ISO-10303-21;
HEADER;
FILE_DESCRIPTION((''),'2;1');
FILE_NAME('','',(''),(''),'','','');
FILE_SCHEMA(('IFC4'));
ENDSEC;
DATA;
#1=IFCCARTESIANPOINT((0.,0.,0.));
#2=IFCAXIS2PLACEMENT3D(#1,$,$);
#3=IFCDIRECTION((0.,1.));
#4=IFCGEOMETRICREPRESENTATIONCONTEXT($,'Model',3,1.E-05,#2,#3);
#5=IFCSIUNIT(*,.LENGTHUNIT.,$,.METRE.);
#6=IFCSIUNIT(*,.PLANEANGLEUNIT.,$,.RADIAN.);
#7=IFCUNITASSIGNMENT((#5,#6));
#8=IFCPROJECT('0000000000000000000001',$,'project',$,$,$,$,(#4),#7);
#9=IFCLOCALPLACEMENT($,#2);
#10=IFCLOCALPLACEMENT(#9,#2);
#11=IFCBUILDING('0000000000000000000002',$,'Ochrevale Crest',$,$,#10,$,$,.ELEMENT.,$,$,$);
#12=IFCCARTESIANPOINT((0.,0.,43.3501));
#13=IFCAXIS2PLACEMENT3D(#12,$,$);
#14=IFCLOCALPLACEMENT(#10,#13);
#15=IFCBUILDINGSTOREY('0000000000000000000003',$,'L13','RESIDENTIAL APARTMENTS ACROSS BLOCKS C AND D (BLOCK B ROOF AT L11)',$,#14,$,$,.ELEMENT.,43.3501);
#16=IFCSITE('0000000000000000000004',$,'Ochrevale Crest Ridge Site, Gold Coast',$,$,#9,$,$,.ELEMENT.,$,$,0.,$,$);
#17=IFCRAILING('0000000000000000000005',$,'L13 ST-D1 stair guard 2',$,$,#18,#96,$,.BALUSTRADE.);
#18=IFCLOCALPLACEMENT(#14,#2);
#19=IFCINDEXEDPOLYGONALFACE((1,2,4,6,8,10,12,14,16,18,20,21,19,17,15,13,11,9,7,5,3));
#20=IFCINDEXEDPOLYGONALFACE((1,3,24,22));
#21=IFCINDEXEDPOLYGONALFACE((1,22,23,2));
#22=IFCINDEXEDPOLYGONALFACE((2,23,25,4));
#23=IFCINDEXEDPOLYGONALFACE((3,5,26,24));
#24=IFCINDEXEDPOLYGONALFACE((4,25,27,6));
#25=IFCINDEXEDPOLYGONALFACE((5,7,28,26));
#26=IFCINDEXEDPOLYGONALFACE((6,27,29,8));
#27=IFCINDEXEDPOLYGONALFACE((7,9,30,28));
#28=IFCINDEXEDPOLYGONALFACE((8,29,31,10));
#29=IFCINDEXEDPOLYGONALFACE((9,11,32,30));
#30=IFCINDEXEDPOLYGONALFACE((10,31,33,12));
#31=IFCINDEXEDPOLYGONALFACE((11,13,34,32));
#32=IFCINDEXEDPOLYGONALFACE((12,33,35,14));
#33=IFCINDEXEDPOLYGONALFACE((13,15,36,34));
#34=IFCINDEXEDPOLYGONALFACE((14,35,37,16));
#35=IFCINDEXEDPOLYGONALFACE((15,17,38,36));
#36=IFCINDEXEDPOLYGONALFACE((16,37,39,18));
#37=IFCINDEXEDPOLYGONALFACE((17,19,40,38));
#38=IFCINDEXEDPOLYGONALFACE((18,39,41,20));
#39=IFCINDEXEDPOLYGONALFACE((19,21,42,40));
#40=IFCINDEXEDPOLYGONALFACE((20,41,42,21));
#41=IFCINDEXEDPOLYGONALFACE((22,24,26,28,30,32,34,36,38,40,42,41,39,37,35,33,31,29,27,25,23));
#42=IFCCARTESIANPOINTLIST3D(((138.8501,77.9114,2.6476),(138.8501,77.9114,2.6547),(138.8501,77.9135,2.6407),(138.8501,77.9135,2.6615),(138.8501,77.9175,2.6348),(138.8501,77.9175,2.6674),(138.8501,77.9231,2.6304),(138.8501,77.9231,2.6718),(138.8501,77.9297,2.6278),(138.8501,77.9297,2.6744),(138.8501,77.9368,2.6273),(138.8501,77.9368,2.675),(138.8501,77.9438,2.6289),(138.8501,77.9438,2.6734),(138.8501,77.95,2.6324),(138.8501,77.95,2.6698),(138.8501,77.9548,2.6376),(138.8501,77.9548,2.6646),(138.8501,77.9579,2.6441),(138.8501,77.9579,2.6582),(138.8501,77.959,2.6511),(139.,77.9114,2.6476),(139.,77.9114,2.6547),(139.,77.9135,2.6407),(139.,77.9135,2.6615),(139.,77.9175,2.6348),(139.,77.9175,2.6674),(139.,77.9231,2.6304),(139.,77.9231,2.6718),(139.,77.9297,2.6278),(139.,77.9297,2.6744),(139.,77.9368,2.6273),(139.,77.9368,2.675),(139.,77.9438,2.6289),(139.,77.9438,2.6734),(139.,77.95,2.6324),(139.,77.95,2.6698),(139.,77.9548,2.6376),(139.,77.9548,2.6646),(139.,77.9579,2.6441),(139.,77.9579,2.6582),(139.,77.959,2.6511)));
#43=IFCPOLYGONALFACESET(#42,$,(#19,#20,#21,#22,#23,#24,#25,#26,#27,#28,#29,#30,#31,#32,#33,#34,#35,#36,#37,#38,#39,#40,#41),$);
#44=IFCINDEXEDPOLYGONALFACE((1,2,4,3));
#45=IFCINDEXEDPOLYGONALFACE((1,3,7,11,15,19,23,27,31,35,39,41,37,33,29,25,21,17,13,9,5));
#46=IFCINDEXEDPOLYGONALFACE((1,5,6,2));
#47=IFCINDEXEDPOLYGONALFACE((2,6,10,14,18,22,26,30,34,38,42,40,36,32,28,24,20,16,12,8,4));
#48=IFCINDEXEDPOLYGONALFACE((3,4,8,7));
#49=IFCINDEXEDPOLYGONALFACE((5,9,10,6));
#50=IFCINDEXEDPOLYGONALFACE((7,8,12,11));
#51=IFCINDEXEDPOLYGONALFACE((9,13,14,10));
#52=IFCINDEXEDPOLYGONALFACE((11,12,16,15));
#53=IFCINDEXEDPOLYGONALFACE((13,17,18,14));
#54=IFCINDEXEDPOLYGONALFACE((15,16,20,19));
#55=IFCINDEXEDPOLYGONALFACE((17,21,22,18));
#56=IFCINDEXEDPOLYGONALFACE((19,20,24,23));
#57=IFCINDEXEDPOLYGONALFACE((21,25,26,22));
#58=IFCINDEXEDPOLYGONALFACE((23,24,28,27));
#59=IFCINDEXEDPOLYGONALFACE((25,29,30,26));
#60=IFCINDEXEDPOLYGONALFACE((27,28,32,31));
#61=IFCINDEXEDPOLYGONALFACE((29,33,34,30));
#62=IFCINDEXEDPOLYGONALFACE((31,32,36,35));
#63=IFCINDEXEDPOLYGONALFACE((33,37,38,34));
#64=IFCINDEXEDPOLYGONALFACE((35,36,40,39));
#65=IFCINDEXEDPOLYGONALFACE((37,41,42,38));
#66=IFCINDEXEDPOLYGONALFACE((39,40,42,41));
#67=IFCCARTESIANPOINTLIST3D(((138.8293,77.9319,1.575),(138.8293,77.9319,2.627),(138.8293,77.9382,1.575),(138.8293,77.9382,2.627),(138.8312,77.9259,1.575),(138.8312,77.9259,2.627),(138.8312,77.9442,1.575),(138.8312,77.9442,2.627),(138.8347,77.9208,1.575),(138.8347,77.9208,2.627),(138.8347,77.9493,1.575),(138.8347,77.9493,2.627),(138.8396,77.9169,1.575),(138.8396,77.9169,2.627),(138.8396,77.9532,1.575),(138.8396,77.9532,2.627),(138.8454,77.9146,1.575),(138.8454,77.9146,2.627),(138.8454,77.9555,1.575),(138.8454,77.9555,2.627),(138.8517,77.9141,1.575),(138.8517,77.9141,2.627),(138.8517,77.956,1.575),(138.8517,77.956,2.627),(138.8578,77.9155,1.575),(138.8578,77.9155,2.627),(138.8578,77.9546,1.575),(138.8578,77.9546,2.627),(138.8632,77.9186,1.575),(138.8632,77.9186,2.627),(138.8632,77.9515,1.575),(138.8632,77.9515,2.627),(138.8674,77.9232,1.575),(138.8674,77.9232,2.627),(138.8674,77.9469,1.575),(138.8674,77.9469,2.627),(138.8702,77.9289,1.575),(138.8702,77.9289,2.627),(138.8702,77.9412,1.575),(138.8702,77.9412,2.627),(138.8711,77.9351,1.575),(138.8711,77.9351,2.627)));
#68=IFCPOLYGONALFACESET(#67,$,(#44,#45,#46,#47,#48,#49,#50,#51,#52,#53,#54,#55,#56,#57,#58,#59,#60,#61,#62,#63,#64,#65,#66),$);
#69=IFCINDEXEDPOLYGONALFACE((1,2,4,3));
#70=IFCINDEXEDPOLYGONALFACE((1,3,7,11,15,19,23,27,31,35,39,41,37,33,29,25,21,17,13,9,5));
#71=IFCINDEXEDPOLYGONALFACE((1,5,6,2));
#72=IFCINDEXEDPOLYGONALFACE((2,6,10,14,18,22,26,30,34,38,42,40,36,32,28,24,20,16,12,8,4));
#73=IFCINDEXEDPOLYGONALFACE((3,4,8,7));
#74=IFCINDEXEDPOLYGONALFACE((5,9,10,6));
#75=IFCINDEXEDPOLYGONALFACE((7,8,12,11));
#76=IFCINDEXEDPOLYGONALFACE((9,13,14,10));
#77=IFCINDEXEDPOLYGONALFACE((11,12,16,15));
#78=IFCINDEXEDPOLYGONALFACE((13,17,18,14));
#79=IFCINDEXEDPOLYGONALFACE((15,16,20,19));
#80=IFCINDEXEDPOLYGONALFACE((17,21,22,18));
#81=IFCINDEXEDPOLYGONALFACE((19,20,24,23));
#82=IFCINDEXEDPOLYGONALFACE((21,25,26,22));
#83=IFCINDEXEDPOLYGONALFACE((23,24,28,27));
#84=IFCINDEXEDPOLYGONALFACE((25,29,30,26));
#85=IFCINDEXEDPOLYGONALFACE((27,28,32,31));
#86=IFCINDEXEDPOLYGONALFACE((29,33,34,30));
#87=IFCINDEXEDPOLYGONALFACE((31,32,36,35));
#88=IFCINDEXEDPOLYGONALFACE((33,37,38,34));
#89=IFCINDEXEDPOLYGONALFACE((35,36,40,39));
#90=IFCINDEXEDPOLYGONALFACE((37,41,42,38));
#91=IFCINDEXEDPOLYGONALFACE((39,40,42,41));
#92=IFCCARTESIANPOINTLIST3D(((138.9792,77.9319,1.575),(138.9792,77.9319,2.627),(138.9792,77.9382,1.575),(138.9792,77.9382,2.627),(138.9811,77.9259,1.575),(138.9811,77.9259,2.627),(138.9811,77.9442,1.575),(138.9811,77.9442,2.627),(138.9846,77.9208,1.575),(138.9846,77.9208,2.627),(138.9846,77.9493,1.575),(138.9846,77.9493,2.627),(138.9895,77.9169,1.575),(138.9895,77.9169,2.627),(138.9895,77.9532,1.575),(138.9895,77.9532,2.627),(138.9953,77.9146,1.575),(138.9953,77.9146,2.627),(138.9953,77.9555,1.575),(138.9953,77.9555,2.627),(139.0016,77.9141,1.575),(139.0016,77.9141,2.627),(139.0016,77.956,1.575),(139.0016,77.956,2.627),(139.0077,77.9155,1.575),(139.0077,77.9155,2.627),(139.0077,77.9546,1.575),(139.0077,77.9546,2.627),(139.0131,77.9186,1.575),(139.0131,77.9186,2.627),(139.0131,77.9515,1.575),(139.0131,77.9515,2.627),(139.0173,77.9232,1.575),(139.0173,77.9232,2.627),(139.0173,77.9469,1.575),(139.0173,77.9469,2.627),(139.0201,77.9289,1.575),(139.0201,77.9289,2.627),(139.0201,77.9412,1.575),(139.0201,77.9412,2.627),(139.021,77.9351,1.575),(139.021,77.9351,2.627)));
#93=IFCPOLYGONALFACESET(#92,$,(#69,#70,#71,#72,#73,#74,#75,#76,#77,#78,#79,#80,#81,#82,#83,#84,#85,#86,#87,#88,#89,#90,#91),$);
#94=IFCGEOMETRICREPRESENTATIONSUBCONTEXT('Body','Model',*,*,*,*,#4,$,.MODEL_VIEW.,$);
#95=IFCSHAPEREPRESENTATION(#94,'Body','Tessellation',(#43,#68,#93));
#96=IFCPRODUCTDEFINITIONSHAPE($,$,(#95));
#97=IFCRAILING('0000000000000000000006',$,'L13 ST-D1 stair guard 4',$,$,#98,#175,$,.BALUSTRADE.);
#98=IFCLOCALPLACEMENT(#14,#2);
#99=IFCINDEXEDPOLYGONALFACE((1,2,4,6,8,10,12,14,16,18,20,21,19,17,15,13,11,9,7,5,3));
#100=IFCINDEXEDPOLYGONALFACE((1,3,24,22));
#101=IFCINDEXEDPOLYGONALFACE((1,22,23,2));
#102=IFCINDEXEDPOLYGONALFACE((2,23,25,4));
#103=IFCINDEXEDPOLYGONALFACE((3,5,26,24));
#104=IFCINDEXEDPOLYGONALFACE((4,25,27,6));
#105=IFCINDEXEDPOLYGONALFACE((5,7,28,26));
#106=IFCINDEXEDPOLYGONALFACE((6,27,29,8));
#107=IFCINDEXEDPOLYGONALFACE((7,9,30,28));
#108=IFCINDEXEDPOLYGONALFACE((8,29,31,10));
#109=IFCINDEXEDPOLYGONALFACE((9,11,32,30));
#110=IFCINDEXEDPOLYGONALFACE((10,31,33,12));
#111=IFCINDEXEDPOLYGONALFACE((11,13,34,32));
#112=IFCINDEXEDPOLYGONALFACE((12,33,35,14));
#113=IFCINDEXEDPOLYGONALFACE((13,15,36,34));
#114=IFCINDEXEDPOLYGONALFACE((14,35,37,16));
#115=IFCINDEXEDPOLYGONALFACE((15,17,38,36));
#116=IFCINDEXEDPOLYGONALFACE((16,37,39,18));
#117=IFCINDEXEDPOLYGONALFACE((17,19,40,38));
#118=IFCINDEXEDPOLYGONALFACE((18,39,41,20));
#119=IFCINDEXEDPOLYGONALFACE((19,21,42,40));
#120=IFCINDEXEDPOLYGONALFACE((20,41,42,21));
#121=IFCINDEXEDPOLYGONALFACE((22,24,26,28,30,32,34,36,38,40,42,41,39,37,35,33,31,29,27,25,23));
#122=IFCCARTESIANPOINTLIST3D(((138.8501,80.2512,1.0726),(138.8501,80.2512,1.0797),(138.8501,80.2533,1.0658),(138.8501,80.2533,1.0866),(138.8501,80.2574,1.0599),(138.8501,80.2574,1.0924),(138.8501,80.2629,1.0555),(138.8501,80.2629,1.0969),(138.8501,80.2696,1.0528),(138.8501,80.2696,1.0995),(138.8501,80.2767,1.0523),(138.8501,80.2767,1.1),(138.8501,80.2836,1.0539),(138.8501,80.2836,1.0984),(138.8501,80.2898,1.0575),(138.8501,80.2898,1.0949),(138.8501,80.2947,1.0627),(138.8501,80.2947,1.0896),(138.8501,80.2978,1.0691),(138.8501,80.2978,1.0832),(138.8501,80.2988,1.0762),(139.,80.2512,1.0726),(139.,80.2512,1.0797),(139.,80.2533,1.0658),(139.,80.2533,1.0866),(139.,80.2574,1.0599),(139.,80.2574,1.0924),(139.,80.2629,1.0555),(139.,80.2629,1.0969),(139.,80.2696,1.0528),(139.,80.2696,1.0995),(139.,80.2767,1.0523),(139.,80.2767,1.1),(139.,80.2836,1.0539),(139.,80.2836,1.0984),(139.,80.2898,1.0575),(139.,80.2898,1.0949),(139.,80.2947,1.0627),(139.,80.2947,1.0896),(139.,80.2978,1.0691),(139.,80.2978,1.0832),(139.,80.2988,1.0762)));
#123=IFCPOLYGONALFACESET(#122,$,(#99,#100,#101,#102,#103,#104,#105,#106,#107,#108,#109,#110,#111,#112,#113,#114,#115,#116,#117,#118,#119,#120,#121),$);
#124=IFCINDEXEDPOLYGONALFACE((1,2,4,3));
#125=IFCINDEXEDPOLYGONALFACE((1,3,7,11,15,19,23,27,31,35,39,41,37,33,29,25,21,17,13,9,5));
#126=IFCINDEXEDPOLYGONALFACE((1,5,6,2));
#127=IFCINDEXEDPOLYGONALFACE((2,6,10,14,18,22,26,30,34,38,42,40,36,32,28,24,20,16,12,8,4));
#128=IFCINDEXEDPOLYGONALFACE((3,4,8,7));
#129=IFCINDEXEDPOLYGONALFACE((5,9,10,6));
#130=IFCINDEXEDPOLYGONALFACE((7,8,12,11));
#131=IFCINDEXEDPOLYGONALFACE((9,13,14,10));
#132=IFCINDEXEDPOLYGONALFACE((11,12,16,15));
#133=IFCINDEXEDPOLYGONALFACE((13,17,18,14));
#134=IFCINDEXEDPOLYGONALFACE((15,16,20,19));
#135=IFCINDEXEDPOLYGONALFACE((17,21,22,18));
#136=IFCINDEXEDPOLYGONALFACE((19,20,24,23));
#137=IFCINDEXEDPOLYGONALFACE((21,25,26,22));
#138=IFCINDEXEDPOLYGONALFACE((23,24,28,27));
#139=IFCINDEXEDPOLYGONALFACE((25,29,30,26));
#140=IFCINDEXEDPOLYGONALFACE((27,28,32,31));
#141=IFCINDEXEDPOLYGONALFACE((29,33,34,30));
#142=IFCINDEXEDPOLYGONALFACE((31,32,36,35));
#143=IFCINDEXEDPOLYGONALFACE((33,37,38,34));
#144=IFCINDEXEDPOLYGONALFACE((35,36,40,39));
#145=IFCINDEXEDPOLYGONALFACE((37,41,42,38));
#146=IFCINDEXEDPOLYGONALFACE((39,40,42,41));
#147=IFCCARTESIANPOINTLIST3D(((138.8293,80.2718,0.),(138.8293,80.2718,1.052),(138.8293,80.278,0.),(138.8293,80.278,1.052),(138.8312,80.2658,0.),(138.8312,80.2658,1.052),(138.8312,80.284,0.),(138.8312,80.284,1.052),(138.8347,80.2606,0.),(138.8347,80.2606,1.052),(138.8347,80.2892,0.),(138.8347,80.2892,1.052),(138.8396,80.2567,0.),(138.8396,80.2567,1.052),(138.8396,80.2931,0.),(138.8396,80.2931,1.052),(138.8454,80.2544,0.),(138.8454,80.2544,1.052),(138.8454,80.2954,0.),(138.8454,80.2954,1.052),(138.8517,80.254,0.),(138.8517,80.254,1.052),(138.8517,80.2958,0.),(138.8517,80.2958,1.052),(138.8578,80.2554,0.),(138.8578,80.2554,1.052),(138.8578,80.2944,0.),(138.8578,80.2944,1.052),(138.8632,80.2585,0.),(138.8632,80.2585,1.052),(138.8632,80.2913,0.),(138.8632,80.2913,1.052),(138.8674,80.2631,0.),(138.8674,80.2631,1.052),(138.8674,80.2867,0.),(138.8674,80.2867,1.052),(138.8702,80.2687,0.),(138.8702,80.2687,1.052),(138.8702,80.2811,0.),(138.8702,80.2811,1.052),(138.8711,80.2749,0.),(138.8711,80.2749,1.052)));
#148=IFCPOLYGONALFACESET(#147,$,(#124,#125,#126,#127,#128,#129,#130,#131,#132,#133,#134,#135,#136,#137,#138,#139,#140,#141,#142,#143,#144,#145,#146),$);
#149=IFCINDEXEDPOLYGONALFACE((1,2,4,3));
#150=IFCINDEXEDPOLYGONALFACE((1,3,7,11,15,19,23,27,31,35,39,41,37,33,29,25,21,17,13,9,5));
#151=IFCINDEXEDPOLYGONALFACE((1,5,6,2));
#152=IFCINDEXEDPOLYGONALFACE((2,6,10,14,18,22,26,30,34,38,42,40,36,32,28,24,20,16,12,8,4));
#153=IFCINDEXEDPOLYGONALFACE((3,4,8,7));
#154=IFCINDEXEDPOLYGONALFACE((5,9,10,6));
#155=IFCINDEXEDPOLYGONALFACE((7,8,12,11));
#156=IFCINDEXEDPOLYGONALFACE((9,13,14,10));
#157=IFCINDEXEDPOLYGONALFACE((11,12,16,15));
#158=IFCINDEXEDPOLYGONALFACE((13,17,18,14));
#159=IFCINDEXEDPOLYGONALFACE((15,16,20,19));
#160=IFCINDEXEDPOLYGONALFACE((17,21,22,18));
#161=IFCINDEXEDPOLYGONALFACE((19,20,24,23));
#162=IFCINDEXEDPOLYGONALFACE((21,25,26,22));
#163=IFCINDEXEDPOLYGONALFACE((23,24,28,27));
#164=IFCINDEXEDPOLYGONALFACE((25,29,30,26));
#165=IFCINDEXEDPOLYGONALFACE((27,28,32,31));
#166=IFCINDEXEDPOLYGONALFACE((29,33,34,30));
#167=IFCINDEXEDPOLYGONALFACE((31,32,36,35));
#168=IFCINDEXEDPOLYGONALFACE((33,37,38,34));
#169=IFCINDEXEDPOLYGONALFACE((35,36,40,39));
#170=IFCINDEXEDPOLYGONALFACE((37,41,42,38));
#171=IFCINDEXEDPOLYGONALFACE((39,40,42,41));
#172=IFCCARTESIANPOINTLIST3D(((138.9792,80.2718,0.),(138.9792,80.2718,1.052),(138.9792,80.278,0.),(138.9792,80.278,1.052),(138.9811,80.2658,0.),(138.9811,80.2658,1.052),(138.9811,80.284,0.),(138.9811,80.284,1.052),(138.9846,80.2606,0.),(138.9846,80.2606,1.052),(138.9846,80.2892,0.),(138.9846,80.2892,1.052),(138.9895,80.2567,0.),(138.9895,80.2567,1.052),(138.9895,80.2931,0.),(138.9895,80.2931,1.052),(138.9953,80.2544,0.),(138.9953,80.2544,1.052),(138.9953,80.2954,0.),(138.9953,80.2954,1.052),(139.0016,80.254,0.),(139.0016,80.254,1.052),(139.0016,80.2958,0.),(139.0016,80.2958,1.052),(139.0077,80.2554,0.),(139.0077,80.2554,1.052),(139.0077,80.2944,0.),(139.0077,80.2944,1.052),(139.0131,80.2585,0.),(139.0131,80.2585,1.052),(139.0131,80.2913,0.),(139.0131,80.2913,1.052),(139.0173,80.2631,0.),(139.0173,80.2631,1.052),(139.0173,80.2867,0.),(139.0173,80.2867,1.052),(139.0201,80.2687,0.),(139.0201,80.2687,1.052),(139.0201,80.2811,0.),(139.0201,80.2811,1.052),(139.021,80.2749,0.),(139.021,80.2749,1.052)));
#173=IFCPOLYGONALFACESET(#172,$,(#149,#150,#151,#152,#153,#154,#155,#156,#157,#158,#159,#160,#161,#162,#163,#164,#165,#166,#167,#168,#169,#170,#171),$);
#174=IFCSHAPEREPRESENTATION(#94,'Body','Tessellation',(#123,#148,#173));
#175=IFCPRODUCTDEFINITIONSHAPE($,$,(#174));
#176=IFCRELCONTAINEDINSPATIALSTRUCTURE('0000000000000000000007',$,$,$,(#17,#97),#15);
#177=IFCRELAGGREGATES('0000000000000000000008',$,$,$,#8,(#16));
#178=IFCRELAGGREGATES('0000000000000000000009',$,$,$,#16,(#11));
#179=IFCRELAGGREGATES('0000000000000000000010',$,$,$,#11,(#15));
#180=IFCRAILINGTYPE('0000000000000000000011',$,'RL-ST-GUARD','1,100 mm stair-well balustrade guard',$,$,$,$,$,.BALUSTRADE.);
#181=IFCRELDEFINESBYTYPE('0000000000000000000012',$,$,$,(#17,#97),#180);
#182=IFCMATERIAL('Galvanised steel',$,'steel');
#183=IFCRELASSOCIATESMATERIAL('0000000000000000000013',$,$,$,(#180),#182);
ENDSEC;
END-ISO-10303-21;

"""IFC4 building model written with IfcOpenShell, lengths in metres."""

from ifc_helpers import new_model, si_unit, direction, frame, origin, origin_2d, place, context, subcontext, project, spatial, circle, extrude, material, type_object, element, save


model = new_model("IFC4")

# Units and contexts
model_context = context("Model", 3, precision=1e-05, world=origin(), true_north=direction((0.0, 1.0)))
body_context = subcontext(model_context, "Body", "Model", "MODEL_VIEW")
ifc_project = project(units=[si_unit("LENGTHUNIT", "METRE"), si_unit("PLANEANGLEUNIT", "RADIAN")], contexts=[model_context])

# Site, building, storey
site_placement = place(None, origin())
site = spatial("IfcSite", under=ifc_project, at=site_placement, Name="Ochrevale Crest Ridge Site, Gold Coast", CompositionType="ELEMENT", RefElevation=0.0)
building_placement = place(site_placement, origin())
building = spatial("IfcBuilding", under=site, at=building_placement, Name="Ochrevale Crest", CompositionType="ELEMENT")
storey_placement = place(building_placement, frame((0.0, 0.0, 43.3501)))
storey = spatial("IfcBuildingStorey", under=building, at=storey_placement, Name="L13", Description="RESIDENTIAL APARTMENTS ACROSS BLOCKS C AND D (BLOCK B ROOF AT L11)", CompositionType="ELEMENT", Elevation=43.3501)

# Railings
ifc_material_1 = material(Name="Galvanised steel", Category="steel")
railing_type_1 = type_object("IfcRailingType", Name="RL-ST-GUARD", Description="1,100 mm stair-well balustrade guard", PredefinedType="BALUSTRADE", material=ifc_material_1)
for number, where, name in (
    (1, (138.8501, 77.9351, 1.575), "L13 ST-D1 stair guard 2"),
    (2, (138.8501, 80.2749, 0.0), "L13 ST-D1 stair guard 4"),
):
    element("IfcRailing", number, at=place(storey_placement, frame(where)), inside=storey, type_object=railing_type_1, Name=name, PredefinedType="BALUSTRADE", context=body_context, shape_type="SweptSolid", body=[
        extrude(circle(Radius=0.0239, at=origin_2d()), frame((0.0, 0.0, 1.0762), z_axis=(1.0, 0.0, 0.0), x_axis=(0.0, 1.0, 0.0)), (0.0, 0.0, 1.0), 0.1499),
        extrude(circle(Radius=0.021, at=origin_2d()), origin(), (0.0, 0.0, 1.0), 1.052),
        extrude(circle(Radius=0.021, at=origin_2d()), frame((0.1499, 0.0, 0.0)), (0.0, 0.0, 1.0), 1.052),
    ])

save(model, "model.ifc")
